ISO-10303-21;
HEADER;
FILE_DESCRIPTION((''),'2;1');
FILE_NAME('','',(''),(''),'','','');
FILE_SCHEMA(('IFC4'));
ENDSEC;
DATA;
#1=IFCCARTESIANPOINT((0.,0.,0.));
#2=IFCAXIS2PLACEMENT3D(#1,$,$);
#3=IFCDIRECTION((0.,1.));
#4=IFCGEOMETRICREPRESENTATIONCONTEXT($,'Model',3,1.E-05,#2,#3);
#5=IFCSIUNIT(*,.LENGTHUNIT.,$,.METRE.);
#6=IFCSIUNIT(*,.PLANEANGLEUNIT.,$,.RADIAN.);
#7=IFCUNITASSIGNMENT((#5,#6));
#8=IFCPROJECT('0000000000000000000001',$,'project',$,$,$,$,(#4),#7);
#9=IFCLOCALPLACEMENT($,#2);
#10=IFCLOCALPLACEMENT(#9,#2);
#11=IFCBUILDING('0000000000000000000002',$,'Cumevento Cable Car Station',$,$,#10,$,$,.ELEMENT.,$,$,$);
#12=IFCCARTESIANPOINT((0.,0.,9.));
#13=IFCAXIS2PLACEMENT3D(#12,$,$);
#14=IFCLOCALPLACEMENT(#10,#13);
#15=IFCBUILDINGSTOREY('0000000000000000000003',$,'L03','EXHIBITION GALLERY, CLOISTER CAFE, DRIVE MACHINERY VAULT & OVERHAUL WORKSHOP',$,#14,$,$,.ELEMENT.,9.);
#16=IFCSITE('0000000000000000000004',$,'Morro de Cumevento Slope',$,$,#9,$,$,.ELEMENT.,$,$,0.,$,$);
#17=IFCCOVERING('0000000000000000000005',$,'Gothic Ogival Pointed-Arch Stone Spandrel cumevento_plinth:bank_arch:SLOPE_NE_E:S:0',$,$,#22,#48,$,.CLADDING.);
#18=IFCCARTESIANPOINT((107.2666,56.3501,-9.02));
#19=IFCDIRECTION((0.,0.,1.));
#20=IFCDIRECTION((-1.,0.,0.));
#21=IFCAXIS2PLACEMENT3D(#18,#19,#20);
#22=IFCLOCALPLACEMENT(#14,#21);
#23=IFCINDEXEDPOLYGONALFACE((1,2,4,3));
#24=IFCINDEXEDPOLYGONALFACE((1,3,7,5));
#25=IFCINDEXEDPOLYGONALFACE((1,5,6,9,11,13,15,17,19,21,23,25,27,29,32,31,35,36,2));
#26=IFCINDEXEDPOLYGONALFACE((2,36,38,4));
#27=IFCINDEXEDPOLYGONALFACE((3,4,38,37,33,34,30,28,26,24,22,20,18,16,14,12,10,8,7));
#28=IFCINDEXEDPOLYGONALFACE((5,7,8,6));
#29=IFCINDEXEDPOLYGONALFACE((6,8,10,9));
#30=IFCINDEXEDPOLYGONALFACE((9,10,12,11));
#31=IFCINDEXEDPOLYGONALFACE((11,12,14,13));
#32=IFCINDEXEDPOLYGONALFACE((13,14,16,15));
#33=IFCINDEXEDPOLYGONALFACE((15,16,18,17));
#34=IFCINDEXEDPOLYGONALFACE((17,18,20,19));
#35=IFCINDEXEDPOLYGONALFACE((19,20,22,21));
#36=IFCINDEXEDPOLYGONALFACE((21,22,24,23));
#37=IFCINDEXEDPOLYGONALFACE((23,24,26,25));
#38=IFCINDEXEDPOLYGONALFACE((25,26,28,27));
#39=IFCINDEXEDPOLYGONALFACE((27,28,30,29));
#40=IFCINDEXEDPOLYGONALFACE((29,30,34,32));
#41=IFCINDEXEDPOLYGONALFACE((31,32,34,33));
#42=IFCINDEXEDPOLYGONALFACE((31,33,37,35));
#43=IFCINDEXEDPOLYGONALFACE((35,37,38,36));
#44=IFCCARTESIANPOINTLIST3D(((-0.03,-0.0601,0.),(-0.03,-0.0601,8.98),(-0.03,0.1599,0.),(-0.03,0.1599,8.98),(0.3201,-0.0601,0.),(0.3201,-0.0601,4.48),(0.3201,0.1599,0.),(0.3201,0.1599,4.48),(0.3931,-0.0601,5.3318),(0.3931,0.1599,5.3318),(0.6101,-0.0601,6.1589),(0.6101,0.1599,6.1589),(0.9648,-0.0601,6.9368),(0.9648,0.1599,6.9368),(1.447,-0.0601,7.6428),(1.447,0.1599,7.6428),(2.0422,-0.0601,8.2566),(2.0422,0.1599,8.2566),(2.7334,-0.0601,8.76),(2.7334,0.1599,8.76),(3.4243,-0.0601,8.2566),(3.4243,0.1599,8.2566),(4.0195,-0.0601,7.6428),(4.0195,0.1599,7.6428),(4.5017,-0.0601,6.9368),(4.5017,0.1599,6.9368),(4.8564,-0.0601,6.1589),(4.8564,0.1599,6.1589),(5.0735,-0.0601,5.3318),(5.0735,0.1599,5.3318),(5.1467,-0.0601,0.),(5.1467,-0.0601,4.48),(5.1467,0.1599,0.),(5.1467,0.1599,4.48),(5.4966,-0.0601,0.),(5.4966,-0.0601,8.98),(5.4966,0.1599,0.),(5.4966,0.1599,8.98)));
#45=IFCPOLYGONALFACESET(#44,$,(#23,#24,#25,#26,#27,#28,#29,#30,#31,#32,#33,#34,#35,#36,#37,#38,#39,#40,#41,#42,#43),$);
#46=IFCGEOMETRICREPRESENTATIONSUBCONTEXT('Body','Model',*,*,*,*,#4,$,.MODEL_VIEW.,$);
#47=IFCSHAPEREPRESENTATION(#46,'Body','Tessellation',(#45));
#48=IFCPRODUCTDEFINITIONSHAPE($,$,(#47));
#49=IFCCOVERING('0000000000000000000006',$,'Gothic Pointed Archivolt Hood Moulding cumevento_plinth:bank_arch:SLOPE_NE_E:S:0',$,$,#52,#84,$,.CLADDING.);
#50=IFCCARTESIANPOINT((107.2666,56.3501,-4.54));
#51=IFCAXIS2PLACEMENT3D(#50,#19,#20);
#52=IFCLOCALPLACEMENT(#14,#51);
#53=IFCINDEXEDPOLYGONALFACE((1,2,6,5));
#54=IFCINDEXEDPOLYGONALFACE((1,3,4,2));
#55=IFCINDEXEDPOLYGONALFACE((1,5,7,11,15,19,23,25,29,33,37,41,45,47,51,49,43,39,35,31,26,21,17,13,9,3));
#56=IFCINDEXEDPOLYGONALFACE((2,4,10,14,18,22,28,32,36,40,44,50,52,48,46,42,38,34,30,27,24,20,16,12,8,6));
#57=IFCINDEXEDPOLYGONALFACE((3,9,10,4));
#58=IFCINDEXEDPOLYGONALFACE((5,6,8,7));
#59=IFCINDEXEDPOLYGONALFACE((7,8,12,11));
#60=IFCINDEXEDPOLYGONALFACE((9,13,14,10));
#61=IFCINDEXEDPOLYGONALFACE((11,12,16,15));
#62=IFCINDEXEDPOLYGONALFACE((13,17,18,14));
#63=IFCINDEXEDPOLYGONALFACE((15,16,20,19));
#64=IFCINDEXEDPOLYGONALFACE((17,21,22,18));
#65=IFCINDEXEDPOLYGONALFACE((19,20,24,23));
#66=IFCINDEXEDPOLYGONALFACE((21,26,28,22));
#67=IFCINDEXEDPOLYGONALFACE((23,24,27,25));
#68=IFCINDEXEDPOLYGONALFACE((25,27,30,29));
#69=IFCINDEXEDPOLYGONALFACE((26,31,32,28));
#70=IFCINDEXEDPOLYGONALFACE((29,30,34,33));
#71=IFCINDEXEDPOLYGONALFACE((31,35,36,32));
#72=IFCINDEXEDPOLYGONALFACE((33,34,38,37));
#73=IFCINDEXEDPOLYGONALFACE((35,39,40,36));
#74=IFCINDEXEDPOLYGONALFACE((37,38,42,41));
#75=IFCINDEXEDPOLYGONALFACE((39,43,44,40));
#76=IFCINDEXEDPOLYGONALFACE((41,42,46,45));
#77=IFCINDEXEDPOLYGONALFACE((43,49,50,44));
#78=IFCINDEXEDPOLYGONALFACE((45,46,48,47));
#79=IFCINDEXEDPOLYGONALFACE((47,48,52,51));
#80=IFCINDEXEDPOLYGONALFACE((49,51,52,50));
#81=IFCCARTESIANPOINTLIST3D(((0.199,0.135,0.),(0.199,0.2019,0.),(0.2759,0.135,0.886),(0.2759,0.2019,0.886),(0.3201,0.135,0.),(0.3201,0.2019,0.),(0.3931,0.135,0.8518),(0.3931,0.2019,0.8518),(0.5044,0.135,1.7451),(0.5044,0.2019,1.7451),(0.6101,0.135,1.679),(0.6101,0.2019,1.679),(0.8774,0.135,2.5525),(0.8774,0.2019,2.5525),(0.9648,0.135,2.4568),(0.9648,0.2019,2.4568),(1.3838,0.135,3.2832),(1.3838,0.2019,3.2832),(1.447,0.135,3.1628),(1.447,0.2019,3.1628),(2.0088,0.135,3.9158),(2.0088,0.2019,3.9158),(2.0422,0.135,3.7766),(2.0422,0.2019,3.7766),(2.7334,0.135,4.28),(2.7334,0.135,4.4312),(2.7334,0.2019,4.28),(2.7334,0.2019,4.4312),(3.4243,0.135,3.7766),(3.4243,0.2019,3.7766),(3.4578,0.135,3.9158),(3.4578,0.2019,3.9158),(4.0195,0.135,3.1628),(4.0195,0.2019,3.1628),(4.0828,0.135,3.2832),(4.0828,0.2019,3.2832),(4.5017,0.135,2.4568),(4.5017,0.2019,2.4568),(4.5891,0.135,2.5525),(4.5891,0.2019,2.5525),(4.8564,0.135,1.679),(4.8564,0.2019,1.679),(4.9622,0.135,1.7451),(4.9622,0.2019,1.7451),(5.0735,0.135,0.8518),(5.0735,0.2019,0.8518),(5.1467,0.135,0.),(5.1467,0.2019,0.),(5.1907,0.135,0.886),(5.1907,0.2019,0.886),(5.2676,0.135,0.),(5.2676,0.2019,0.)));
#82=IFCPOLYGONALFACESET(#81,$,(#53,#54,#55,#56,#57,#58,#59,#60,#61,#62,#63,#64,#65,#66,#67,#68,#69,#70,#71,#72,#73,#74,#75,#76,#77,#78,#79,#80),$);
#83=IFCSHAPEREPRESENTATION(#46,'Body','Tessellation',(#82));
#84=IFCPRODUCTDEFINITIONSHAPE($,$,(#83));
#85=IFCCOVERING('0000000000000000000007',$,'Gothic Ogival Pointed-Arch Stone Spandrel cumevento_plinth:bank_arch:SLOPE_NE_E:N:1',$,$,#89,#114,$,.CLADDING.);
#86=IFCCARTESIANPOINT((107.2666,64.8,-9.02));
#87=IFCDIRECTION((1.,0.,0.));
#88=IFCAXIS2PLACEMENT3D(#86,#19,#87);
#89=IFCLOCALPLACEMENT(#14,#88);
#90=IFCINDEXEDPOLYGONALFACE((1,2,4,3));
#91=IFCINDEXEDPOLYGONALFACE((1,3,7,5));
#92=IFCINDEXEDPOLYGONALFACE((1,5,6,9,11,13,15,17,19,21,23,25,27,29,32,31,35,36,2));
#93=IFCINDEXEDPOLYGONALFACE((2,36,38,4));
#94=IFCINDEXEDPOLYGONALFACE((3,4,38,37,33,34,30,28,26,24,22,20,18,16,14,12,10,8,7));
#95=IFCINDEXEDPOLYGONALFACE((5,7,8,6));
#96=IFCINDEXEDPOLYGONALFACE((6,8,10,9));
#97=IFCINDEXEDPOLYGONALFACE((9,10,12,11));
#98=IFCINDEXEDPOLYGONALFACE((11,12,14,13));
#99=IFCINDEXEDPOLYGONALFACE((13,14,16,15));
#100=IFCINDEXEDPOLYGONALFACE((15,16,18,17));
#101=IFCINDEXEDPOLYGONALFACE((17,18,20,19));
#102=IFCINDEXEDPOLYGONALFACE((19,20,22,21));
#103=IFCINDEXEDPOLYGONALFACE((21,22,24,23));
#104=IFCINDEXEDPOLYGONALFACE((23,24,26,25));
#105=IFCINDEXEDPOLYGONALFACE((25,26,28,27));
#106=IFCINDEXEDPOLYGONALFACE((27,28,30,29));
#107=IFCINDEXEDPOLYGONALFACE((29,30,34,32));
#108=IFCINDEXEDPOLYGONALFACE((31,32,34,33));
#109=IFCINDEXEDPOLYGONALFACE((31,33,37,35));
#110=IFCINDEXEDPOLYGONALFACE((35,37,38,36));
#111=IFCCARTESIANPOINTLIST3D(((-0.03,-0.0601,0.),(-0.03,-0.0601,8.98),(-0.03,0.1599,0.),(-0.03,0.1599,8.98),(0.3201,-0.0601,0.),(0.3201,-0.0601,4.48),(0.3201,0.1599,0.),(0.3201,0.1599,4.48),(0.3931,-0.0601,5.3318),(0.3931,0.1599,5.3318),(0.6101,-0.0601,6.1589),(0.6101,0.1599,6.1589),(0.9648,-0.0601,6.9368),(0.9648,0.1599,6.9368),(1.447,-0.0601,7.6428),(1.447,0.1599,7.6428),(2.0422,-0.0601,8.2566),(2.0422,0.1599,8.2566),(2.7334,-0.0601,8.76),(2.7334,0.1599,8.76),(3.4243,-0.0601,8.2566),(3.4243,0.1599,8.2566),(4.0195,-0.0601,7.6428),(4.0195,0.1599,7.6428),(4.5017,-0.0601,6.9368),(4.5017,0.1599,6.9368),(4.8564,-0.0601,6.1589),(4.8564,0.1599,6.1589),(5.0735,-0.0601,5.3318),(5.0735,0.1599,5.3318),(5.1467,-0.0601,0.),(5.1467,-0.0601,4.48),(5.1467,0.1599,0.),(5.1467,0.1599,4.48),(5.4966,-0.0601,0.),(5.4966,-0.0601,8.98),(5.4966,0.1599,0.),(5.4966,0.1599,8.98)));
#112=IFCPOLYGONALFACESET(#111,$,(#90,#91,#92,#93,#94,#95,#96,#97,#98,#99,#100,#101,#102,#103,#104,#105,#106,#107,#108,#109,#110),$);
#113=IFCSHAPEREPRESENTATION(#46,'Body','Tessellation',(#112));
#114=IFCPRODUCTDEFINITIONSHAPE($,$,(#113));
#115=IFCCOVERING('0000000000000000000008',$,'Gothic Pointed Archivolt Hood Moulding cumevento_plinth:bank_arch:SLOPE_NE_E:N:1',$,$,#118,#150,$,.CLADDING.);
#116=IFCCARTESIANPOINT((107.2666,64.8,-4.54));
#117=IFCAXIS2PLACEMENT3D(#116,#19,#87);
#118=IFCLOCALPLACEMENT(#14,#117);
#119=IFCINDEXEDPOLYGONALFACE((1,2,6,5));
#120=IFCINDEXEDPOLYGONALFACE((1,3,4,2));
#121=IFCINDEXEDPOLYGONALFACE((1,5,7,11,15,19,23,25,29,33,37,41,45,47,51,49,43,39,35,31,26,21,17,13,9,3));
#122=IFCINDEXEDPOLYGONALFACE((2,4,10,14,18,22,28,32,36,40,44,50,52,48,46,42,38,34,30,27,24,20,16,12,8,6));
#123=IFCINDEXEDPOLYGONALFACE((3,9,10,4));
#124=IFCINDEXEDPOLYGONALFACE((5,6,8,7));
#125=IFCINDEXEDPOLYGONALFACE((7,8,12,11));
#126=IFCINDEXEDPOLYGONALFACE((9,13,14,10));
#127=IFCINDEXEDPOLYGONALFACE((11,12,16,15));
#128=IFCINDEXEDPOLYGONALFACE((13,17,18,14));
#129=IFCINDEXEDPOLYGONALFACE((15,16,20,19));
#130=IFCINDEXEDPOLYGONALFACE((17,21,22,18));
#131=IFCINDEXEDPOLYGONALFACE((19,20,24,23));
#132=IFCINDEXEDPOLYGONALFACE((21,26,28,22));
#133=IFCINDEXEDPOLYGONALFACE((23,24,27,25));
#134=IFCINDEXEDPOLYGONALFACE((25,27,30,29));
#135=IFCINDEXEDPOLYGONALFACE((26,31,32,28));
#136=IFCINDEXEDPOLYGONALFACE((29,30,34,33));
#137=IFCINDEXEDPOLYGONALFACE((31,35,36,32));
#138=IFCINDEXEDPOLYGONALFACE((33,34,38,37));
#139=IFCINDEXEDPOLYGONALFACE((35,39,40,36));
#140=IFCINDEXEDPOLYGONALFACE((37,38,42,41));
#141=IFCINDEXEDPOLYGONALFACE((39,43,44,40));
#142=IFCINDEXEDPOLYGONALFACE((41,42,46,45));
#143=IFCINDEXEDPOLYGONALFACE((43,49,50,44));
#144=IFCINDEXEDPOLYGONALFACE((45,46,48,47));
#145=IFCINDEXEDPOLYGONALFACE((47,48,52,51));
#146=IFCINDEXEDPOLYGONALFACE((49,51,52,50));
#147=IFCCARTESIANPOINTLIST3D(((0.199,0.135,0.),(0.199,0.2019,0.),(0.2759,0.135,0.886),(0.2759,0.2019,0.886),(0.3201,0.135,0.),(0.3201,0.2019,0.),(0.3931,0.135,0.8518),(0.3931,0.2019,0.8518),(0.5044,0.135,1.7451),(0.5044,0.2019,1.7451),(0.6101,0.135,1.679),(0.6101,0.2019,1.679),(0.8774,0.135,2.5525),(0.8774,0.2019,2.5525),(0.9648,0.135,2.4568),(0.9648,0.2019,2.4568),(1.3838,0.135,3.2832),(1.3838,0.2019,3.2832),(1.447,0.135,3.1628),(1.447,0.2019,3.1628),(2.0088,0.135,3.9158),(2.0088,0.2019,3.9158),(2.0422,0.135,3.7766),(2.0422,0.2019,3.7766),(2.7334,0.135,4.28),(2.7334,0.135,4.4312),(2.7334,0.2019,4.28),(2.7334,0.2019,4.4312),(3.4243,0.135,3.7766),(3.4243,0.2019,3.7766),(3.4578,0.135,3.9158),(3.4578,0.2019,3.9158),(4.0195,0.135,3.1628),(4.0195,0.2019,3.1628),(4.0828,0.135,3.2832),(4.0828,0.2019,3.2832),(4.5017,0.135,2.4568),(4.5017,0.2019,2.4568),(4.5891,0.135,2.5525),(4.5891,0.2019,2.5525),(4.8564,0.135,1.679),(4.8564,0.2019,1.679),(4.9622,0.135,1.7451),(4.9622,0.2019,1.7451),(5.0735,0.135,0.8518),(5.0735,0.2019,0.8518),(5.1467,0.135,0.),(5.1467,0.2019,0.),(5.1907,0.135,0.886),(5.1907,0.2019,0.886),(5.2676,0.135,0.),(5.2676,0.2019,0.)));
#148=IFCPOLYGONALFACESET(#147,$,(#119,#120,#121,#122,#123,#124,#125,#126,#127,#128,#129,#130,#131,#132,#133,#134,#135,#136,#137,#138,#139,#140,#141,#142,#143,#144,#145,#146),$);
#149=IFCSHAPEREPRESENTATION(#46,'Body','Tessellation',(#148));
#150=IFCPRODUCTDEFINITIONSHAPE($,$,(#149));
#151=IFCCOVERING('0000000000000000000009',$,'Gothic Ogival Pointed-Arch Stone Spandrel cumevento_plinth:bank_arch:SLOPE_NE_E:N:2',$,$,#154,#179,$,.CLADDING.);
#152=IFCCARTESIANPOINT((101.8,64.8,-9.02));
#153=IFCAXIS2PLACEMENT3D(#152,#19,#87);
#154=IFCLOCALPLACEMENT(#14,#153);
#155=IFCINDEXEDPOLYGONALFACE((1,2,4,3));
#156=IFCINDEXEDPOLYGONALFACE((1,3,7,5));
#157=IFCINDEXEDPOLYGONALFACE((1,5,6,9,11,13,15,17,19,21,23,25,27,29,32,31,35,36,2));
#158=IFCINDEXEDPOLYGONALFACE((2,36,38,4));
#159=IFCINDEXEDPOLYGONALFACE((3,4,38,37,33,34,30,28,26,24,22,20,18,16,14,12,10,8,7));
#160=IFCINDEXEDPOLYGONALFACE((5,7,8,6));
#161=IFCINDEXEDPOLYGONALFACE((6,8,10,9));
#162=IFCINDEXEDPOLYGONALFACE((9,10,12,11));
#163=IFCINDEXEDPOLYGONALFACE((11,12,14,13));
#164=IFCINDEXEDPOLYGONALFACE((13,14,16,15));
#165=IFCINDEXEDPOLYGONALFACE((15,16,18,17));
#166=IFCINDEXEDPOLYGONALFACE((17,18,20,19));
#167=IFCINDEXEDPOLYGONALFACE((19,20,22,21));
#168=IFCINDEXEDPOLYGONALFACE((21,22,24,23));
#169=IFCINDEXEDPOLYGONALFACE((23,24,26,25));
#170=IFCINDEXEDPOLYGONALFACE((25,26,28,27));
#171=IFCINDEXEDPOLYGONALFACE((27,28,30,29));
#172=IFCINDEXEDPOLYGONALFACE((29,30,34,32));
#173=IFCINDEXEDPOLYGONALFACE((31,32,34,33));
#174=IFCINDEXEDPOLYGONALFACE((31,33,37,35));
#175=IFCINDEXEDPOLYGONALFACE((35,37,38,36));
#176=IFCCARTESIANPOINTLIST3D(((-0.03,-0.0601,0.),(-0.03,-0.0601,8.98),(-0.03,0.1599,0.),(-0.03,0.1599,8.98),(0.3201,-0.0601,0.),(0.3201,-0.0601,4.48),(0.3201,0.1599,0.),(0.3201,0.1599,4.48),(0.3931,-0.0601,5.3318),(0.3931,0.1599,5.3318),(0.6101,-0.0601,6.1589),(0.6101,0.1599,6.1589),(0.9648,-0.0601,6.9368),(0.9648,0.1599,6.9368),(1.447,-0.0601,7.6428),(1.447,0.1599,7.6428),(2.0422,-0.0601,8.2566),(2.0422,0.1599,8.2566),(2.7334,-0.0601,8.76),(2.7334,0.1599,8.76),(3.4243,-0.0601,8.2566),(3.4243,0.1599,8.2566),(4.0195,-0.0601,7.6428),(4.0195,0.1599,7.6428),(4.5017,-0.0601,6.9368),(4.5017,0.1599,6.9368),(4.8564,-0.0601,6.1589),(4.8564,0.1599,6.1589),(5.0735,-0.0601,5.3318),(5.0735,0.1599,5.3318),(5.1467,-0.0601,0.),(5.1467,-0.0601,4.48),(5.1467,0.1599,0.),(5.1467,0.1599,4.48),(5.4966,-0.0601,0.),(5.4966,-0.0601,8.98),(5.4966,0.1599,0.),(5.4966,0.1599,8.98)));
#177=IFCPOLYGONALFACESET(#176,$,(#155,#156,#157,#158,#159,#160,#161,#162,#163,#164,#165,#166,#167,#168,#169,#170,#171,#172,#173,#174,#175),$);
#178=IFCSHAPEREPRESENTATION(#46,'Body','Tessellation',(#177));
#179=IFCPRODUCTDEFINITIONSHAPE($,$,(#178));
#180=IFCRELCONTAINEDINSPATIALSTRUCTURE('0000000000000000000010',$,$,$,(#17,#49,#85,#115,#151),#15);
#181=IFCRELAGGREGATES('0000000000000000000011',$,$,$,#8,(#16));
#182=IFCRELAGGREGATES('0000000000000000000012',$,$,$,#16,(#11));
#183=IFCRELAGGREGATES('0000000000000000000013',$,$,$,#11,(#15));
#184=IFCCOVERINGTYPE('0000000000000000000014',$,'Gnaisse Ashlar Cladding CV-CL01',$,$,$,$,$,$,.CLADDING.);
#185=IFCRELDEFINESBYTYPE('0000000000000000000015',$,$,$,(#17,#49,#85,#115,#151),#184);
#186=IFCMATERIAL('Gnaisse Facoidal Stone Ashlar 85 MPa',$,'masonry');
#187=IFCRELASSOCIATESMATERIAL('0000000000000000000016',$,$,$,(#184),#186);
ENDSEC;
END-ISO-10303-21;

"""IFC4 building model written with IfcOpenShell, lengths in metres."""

from ifc_helpers import new_model, si_unit, direction, frame, origin, place, context, subcontext, project, spatial, polyline, outline, extrude, material, type_object, element, save


model = new_model("IFC4")

# Units and contexts
model_context = context("Model", 3, precision=1e-05, world=origin(), true_north=direction((0.0, 1.0)))
body_context = subcontext(model_context, "Body", "Model", "MODEL_VIEW")
ifc_project = project(units=[si_unit("LENGTHUNIT", "METRE"), si_unit("PLANEANGLEUNIT", "RADIAN")], contexts=[model_context])

# Site, building, storey
site_placement = place(None, origin())
site = spatial("IfcSite", under=ifc_project, at=site_placement, Name="Morro de Cumevento Slope", CompositionType="ELEMENT", RefElevation=0.0)
building_placement = place(site_placement, origin())
building = spatial("IfcBuilding", under=site, at=building_placement, Name="Cumevento Cable Car Station", CompositionType="ELEMENT")
storey_placement = place(building_placement, frame((0.0, 0.0, 9.0)))
storey = spatial("IfcBuildingStorey", under=building, at=storey_placement, Name="L03", Description="EXHIBITION GALLERY, CLOISTER CAFE, DRIVE MACHINERY VAULT & OVERHAUL WORKSHOP", CompositionType="ELEMENT", Elevation=9.0)

# Coverings
ifc_material_1 = material(Name="Gnaisse Facoidal Stone Ashlar 85 MPa", Category="masonry")
covering_type = type_object("IfcCoveringType", Name="Gnaisse Ashlar Cladding CV-CL01", PredefinedType="CLADDING", material=ifc_material_1)
covering_1_placement = place(storey_placement, frame((107.2666, 56.3501, -9.02), z_axis=(0.0, 0.0, 1.0), x_axis=(-1.0, 0.0, 0.0)))
element("IfcCovering", 1, at=covering_1_placement, inside=storey, type_object=covering_type, Name="Gothic Ogival Pointed-Arch Stone Spandrel cumevento_plinth:bank_arch:SLOPE_NE_E:S:0", PredefinedType="CLADDING", context=body_context, shape_type="SweptSolid", body=[
    extrude(outline(polyline([(-0.03, 0.0), (-0.03, 8.98), (5.4966, 8.98), (5.4966, 0.0), (5.1467, 0.0), (5.1467, 4.48), (5.0735, 5.3318), (4.8564, 6.1589), (4.5017, 6.9368), (4.0195, 7.6428), (3.4243, 8.2566), (2.7334, 8.76), (2.0422, 8.2566), (1.447, 7.6428), (0.9648, 6.9368), (0.6101, 6.1589), (0.3931, 5.3318), (0.3201, 4.48), (0.3201, 0.0), (-0.03, 0.0)])), frame((0.0, 0.1599, 0.0), z_axis=(0.0, -1.0, 0.0), x_axis=(1.0, 0.0, 0.0)), (0.0, 0.0, 1.0), 0.22),
])
covering_2_placement = place(storey_placement, frame((107.2666, 56.3501, -4.54), z_axis=(0.0, 0.0, 1.0), x_axis=(-1.0, 0.0, 0.0)))
element("IfcCovering", 2, at=covering_2_placement, inside=storey, type_object=covering_type, Name="Gothic Pointed Archivolt Hood Moulding cumevento_plinth:bank_arch:SLOPE_NE_E:S:0", PredefinedType="CLADDING", context=body_context, shape_type="SweptSolid", body=[
    extrude(outline(polyline([(0.3201, 0.0), (0.3931, 0.8518), (0.6101, 1.679), (0.9648, 2.4568), (1.447, 3.1628), (2.0422, 3.7766), (2.7334, 4.28), (3.4243, 3.7766), (4.0195, 3.1628), (4.5017, 2.4568), (4.8564, 1.679), (5.0735, 0.8518), (5.1467, 0.0), (5.2676, 0.0), (5.1907, 0.886), (4.9622, 1.7451), (4.5891, 2.5525), (4.0828, 3.2832), (3.4578, 3.9158), (2.7334, 4.4312), (2.0088, 3.9158), (1.3838, 3.2832), (0.8774, 2.5525), (0.5044, 1.7451), (0.2759, 0.886), (0.199, 0.0), (0.3201, 0.0)])), frame((0.0, 0.2019, 0.0), z_axis=(0.0, -1.0, 0.0), x_axis=(1.0, 0.0, 0.0)), (0.0, 0.0, 1.0), 0.0669),
])
covering_3_placement = place(storey_placement, frame((107.2666, 64.8, -9.02), z_axis=(0.0, 0.0, 1.0), x_axis=(1.0, 0.0, 0.0)))
element("IfcCovering", 3, at=covering_3_placement, inside=storey, type_object=covering_type, Name="Gothic Ogival Pointed-Arch Stone Spandrel cumevento_plinth:bank_arch:SLOPE_NE_E:N:1", PredefinedType="CLADDING", context=body_context, shape_type="SweptSolid", body=[
    extrude(outline(polyline([(-0.03, 0.0), (-0.03, 8.98), (5.4966, 8.98), (5.4966, 0.0), (5.1467, 0.0), (5.1467, 4.48), (5.0735, 5.3318), (4.8564, 6.1589), (4.5017, 6.9368), (4.0195, 7.6428), (3.4243, 8.2566), (2.7334, 8.76), (2.0422, 8.2566), (1.447, 7.6428), (0.9648, 6.9368), (0.6101, 6.1589), (0.3931, 5.3318), (0.3201, 4.48), (0.3201, 0.0), (-0.03, 0.0)])), frame((0.0, 0.1599, 0.0), z_axis=(0.0, -1.0, 0.0), x_axis=(1.0, 0.0, 0.0)), (0.0, 0.0, 1.0), 0.22),
])
covering_4_placement = place(storey_placement, frame((107.2666, 64.8, -4.54), z_axis=(0.0, 0.0, 1.0), x_axis=(1.0, 0.0, 0.0)))
element("IfcCovering", 4, at=covering_4_placement, inside=storey, type_object=covering_type, Name="Gothic Pointed Archivolt Hood Moulding cumevento_plinth:bank_arch:SLOPE_NE_E:N:1", PredefinedType="CLADDING", context=body_context, shape_type="SweptSolid", body=[
    extrude(outline(polyline([(0.3201, 0.0), (0.3931, 0.8518), (0.6101, 1.679), (0.9648, 2.4568), (1.447, 3.1628), (2.0422, 3.7766), (2.7334, 4.28), (3.4243, 3.7766), (4.0195, 3.1628), (4.5017, 2.4568), (4.8564, 1.679), (5.0735, 0.8518), (5.1467, 0.0), (5.2676, 0.0), (5.1907, 0.886), (4.9622, 1.7451), (4.5891, 2.5525), (4.0828, 3.2832), (3.4578, 3.9158), (2.7334, 4.4312), (2.0088, 3.9158), (1.3838, 3.2832), (0.8774, 2.5525), (0.5044, 1.7451), (0.2759, 0.886), (0.199, 0.0), (0.3201, 0.0)])), frame((0.0, 0.2019, 0.0), z_axis=(0.0, -1.0, 0.0), x_axis=(1.0, 0.0, 0.0)), (0.0, 0.0, 1.0), 0.0669),
])
covering_5_placement = place(storey_placement, frame((101.8, 64.8, -9.02), z_axis=(0.0, 0.0, 1.0), x_axis=(1.0, 0.0, 0.0)))
element("IfcCovering", 5, at=covering_5_placement, inside=storey, type_object=covering_type, Name="Gothic Ogival Pointed-Arch Stone Spandrel cumevento_plinth:bank_arch:SLOPE_NE_E:N:2", PredefinedType="CLADDING", context=body_context, shape_type="SweptSolid", body=[
    extrude(outline(polyline([(-0.03, 0.0), (-0.03, 8.98), (5.4966, 8.98), (5.4966, 0.0), (5.1467, 0.0), (5.1467, 4.48), (5.0735, 5.3318), (4.8564, 6.1589), (4.5017, 6.9368), (4.0195, 7.6428), (3.4243, 8.2566), (2.7334, 8.76), (2.0422, 8.2566), (1.447, 7.6428), (0.9648, 6.9368), (0.6101, 6.1589), (0.3931, 5.3318), (0.3201, 4.48), (0.3201, 0.0), (-0.03, 0.0)])), frame((0.0, 0.1599, 0.0), z_axis=(0.0, -1.0, 0.0), x_axis=(1.0, 0.0, 0.0)), (0.0, 0.0, 1.0), 0.22),
])

save(model, "model.ifc")
